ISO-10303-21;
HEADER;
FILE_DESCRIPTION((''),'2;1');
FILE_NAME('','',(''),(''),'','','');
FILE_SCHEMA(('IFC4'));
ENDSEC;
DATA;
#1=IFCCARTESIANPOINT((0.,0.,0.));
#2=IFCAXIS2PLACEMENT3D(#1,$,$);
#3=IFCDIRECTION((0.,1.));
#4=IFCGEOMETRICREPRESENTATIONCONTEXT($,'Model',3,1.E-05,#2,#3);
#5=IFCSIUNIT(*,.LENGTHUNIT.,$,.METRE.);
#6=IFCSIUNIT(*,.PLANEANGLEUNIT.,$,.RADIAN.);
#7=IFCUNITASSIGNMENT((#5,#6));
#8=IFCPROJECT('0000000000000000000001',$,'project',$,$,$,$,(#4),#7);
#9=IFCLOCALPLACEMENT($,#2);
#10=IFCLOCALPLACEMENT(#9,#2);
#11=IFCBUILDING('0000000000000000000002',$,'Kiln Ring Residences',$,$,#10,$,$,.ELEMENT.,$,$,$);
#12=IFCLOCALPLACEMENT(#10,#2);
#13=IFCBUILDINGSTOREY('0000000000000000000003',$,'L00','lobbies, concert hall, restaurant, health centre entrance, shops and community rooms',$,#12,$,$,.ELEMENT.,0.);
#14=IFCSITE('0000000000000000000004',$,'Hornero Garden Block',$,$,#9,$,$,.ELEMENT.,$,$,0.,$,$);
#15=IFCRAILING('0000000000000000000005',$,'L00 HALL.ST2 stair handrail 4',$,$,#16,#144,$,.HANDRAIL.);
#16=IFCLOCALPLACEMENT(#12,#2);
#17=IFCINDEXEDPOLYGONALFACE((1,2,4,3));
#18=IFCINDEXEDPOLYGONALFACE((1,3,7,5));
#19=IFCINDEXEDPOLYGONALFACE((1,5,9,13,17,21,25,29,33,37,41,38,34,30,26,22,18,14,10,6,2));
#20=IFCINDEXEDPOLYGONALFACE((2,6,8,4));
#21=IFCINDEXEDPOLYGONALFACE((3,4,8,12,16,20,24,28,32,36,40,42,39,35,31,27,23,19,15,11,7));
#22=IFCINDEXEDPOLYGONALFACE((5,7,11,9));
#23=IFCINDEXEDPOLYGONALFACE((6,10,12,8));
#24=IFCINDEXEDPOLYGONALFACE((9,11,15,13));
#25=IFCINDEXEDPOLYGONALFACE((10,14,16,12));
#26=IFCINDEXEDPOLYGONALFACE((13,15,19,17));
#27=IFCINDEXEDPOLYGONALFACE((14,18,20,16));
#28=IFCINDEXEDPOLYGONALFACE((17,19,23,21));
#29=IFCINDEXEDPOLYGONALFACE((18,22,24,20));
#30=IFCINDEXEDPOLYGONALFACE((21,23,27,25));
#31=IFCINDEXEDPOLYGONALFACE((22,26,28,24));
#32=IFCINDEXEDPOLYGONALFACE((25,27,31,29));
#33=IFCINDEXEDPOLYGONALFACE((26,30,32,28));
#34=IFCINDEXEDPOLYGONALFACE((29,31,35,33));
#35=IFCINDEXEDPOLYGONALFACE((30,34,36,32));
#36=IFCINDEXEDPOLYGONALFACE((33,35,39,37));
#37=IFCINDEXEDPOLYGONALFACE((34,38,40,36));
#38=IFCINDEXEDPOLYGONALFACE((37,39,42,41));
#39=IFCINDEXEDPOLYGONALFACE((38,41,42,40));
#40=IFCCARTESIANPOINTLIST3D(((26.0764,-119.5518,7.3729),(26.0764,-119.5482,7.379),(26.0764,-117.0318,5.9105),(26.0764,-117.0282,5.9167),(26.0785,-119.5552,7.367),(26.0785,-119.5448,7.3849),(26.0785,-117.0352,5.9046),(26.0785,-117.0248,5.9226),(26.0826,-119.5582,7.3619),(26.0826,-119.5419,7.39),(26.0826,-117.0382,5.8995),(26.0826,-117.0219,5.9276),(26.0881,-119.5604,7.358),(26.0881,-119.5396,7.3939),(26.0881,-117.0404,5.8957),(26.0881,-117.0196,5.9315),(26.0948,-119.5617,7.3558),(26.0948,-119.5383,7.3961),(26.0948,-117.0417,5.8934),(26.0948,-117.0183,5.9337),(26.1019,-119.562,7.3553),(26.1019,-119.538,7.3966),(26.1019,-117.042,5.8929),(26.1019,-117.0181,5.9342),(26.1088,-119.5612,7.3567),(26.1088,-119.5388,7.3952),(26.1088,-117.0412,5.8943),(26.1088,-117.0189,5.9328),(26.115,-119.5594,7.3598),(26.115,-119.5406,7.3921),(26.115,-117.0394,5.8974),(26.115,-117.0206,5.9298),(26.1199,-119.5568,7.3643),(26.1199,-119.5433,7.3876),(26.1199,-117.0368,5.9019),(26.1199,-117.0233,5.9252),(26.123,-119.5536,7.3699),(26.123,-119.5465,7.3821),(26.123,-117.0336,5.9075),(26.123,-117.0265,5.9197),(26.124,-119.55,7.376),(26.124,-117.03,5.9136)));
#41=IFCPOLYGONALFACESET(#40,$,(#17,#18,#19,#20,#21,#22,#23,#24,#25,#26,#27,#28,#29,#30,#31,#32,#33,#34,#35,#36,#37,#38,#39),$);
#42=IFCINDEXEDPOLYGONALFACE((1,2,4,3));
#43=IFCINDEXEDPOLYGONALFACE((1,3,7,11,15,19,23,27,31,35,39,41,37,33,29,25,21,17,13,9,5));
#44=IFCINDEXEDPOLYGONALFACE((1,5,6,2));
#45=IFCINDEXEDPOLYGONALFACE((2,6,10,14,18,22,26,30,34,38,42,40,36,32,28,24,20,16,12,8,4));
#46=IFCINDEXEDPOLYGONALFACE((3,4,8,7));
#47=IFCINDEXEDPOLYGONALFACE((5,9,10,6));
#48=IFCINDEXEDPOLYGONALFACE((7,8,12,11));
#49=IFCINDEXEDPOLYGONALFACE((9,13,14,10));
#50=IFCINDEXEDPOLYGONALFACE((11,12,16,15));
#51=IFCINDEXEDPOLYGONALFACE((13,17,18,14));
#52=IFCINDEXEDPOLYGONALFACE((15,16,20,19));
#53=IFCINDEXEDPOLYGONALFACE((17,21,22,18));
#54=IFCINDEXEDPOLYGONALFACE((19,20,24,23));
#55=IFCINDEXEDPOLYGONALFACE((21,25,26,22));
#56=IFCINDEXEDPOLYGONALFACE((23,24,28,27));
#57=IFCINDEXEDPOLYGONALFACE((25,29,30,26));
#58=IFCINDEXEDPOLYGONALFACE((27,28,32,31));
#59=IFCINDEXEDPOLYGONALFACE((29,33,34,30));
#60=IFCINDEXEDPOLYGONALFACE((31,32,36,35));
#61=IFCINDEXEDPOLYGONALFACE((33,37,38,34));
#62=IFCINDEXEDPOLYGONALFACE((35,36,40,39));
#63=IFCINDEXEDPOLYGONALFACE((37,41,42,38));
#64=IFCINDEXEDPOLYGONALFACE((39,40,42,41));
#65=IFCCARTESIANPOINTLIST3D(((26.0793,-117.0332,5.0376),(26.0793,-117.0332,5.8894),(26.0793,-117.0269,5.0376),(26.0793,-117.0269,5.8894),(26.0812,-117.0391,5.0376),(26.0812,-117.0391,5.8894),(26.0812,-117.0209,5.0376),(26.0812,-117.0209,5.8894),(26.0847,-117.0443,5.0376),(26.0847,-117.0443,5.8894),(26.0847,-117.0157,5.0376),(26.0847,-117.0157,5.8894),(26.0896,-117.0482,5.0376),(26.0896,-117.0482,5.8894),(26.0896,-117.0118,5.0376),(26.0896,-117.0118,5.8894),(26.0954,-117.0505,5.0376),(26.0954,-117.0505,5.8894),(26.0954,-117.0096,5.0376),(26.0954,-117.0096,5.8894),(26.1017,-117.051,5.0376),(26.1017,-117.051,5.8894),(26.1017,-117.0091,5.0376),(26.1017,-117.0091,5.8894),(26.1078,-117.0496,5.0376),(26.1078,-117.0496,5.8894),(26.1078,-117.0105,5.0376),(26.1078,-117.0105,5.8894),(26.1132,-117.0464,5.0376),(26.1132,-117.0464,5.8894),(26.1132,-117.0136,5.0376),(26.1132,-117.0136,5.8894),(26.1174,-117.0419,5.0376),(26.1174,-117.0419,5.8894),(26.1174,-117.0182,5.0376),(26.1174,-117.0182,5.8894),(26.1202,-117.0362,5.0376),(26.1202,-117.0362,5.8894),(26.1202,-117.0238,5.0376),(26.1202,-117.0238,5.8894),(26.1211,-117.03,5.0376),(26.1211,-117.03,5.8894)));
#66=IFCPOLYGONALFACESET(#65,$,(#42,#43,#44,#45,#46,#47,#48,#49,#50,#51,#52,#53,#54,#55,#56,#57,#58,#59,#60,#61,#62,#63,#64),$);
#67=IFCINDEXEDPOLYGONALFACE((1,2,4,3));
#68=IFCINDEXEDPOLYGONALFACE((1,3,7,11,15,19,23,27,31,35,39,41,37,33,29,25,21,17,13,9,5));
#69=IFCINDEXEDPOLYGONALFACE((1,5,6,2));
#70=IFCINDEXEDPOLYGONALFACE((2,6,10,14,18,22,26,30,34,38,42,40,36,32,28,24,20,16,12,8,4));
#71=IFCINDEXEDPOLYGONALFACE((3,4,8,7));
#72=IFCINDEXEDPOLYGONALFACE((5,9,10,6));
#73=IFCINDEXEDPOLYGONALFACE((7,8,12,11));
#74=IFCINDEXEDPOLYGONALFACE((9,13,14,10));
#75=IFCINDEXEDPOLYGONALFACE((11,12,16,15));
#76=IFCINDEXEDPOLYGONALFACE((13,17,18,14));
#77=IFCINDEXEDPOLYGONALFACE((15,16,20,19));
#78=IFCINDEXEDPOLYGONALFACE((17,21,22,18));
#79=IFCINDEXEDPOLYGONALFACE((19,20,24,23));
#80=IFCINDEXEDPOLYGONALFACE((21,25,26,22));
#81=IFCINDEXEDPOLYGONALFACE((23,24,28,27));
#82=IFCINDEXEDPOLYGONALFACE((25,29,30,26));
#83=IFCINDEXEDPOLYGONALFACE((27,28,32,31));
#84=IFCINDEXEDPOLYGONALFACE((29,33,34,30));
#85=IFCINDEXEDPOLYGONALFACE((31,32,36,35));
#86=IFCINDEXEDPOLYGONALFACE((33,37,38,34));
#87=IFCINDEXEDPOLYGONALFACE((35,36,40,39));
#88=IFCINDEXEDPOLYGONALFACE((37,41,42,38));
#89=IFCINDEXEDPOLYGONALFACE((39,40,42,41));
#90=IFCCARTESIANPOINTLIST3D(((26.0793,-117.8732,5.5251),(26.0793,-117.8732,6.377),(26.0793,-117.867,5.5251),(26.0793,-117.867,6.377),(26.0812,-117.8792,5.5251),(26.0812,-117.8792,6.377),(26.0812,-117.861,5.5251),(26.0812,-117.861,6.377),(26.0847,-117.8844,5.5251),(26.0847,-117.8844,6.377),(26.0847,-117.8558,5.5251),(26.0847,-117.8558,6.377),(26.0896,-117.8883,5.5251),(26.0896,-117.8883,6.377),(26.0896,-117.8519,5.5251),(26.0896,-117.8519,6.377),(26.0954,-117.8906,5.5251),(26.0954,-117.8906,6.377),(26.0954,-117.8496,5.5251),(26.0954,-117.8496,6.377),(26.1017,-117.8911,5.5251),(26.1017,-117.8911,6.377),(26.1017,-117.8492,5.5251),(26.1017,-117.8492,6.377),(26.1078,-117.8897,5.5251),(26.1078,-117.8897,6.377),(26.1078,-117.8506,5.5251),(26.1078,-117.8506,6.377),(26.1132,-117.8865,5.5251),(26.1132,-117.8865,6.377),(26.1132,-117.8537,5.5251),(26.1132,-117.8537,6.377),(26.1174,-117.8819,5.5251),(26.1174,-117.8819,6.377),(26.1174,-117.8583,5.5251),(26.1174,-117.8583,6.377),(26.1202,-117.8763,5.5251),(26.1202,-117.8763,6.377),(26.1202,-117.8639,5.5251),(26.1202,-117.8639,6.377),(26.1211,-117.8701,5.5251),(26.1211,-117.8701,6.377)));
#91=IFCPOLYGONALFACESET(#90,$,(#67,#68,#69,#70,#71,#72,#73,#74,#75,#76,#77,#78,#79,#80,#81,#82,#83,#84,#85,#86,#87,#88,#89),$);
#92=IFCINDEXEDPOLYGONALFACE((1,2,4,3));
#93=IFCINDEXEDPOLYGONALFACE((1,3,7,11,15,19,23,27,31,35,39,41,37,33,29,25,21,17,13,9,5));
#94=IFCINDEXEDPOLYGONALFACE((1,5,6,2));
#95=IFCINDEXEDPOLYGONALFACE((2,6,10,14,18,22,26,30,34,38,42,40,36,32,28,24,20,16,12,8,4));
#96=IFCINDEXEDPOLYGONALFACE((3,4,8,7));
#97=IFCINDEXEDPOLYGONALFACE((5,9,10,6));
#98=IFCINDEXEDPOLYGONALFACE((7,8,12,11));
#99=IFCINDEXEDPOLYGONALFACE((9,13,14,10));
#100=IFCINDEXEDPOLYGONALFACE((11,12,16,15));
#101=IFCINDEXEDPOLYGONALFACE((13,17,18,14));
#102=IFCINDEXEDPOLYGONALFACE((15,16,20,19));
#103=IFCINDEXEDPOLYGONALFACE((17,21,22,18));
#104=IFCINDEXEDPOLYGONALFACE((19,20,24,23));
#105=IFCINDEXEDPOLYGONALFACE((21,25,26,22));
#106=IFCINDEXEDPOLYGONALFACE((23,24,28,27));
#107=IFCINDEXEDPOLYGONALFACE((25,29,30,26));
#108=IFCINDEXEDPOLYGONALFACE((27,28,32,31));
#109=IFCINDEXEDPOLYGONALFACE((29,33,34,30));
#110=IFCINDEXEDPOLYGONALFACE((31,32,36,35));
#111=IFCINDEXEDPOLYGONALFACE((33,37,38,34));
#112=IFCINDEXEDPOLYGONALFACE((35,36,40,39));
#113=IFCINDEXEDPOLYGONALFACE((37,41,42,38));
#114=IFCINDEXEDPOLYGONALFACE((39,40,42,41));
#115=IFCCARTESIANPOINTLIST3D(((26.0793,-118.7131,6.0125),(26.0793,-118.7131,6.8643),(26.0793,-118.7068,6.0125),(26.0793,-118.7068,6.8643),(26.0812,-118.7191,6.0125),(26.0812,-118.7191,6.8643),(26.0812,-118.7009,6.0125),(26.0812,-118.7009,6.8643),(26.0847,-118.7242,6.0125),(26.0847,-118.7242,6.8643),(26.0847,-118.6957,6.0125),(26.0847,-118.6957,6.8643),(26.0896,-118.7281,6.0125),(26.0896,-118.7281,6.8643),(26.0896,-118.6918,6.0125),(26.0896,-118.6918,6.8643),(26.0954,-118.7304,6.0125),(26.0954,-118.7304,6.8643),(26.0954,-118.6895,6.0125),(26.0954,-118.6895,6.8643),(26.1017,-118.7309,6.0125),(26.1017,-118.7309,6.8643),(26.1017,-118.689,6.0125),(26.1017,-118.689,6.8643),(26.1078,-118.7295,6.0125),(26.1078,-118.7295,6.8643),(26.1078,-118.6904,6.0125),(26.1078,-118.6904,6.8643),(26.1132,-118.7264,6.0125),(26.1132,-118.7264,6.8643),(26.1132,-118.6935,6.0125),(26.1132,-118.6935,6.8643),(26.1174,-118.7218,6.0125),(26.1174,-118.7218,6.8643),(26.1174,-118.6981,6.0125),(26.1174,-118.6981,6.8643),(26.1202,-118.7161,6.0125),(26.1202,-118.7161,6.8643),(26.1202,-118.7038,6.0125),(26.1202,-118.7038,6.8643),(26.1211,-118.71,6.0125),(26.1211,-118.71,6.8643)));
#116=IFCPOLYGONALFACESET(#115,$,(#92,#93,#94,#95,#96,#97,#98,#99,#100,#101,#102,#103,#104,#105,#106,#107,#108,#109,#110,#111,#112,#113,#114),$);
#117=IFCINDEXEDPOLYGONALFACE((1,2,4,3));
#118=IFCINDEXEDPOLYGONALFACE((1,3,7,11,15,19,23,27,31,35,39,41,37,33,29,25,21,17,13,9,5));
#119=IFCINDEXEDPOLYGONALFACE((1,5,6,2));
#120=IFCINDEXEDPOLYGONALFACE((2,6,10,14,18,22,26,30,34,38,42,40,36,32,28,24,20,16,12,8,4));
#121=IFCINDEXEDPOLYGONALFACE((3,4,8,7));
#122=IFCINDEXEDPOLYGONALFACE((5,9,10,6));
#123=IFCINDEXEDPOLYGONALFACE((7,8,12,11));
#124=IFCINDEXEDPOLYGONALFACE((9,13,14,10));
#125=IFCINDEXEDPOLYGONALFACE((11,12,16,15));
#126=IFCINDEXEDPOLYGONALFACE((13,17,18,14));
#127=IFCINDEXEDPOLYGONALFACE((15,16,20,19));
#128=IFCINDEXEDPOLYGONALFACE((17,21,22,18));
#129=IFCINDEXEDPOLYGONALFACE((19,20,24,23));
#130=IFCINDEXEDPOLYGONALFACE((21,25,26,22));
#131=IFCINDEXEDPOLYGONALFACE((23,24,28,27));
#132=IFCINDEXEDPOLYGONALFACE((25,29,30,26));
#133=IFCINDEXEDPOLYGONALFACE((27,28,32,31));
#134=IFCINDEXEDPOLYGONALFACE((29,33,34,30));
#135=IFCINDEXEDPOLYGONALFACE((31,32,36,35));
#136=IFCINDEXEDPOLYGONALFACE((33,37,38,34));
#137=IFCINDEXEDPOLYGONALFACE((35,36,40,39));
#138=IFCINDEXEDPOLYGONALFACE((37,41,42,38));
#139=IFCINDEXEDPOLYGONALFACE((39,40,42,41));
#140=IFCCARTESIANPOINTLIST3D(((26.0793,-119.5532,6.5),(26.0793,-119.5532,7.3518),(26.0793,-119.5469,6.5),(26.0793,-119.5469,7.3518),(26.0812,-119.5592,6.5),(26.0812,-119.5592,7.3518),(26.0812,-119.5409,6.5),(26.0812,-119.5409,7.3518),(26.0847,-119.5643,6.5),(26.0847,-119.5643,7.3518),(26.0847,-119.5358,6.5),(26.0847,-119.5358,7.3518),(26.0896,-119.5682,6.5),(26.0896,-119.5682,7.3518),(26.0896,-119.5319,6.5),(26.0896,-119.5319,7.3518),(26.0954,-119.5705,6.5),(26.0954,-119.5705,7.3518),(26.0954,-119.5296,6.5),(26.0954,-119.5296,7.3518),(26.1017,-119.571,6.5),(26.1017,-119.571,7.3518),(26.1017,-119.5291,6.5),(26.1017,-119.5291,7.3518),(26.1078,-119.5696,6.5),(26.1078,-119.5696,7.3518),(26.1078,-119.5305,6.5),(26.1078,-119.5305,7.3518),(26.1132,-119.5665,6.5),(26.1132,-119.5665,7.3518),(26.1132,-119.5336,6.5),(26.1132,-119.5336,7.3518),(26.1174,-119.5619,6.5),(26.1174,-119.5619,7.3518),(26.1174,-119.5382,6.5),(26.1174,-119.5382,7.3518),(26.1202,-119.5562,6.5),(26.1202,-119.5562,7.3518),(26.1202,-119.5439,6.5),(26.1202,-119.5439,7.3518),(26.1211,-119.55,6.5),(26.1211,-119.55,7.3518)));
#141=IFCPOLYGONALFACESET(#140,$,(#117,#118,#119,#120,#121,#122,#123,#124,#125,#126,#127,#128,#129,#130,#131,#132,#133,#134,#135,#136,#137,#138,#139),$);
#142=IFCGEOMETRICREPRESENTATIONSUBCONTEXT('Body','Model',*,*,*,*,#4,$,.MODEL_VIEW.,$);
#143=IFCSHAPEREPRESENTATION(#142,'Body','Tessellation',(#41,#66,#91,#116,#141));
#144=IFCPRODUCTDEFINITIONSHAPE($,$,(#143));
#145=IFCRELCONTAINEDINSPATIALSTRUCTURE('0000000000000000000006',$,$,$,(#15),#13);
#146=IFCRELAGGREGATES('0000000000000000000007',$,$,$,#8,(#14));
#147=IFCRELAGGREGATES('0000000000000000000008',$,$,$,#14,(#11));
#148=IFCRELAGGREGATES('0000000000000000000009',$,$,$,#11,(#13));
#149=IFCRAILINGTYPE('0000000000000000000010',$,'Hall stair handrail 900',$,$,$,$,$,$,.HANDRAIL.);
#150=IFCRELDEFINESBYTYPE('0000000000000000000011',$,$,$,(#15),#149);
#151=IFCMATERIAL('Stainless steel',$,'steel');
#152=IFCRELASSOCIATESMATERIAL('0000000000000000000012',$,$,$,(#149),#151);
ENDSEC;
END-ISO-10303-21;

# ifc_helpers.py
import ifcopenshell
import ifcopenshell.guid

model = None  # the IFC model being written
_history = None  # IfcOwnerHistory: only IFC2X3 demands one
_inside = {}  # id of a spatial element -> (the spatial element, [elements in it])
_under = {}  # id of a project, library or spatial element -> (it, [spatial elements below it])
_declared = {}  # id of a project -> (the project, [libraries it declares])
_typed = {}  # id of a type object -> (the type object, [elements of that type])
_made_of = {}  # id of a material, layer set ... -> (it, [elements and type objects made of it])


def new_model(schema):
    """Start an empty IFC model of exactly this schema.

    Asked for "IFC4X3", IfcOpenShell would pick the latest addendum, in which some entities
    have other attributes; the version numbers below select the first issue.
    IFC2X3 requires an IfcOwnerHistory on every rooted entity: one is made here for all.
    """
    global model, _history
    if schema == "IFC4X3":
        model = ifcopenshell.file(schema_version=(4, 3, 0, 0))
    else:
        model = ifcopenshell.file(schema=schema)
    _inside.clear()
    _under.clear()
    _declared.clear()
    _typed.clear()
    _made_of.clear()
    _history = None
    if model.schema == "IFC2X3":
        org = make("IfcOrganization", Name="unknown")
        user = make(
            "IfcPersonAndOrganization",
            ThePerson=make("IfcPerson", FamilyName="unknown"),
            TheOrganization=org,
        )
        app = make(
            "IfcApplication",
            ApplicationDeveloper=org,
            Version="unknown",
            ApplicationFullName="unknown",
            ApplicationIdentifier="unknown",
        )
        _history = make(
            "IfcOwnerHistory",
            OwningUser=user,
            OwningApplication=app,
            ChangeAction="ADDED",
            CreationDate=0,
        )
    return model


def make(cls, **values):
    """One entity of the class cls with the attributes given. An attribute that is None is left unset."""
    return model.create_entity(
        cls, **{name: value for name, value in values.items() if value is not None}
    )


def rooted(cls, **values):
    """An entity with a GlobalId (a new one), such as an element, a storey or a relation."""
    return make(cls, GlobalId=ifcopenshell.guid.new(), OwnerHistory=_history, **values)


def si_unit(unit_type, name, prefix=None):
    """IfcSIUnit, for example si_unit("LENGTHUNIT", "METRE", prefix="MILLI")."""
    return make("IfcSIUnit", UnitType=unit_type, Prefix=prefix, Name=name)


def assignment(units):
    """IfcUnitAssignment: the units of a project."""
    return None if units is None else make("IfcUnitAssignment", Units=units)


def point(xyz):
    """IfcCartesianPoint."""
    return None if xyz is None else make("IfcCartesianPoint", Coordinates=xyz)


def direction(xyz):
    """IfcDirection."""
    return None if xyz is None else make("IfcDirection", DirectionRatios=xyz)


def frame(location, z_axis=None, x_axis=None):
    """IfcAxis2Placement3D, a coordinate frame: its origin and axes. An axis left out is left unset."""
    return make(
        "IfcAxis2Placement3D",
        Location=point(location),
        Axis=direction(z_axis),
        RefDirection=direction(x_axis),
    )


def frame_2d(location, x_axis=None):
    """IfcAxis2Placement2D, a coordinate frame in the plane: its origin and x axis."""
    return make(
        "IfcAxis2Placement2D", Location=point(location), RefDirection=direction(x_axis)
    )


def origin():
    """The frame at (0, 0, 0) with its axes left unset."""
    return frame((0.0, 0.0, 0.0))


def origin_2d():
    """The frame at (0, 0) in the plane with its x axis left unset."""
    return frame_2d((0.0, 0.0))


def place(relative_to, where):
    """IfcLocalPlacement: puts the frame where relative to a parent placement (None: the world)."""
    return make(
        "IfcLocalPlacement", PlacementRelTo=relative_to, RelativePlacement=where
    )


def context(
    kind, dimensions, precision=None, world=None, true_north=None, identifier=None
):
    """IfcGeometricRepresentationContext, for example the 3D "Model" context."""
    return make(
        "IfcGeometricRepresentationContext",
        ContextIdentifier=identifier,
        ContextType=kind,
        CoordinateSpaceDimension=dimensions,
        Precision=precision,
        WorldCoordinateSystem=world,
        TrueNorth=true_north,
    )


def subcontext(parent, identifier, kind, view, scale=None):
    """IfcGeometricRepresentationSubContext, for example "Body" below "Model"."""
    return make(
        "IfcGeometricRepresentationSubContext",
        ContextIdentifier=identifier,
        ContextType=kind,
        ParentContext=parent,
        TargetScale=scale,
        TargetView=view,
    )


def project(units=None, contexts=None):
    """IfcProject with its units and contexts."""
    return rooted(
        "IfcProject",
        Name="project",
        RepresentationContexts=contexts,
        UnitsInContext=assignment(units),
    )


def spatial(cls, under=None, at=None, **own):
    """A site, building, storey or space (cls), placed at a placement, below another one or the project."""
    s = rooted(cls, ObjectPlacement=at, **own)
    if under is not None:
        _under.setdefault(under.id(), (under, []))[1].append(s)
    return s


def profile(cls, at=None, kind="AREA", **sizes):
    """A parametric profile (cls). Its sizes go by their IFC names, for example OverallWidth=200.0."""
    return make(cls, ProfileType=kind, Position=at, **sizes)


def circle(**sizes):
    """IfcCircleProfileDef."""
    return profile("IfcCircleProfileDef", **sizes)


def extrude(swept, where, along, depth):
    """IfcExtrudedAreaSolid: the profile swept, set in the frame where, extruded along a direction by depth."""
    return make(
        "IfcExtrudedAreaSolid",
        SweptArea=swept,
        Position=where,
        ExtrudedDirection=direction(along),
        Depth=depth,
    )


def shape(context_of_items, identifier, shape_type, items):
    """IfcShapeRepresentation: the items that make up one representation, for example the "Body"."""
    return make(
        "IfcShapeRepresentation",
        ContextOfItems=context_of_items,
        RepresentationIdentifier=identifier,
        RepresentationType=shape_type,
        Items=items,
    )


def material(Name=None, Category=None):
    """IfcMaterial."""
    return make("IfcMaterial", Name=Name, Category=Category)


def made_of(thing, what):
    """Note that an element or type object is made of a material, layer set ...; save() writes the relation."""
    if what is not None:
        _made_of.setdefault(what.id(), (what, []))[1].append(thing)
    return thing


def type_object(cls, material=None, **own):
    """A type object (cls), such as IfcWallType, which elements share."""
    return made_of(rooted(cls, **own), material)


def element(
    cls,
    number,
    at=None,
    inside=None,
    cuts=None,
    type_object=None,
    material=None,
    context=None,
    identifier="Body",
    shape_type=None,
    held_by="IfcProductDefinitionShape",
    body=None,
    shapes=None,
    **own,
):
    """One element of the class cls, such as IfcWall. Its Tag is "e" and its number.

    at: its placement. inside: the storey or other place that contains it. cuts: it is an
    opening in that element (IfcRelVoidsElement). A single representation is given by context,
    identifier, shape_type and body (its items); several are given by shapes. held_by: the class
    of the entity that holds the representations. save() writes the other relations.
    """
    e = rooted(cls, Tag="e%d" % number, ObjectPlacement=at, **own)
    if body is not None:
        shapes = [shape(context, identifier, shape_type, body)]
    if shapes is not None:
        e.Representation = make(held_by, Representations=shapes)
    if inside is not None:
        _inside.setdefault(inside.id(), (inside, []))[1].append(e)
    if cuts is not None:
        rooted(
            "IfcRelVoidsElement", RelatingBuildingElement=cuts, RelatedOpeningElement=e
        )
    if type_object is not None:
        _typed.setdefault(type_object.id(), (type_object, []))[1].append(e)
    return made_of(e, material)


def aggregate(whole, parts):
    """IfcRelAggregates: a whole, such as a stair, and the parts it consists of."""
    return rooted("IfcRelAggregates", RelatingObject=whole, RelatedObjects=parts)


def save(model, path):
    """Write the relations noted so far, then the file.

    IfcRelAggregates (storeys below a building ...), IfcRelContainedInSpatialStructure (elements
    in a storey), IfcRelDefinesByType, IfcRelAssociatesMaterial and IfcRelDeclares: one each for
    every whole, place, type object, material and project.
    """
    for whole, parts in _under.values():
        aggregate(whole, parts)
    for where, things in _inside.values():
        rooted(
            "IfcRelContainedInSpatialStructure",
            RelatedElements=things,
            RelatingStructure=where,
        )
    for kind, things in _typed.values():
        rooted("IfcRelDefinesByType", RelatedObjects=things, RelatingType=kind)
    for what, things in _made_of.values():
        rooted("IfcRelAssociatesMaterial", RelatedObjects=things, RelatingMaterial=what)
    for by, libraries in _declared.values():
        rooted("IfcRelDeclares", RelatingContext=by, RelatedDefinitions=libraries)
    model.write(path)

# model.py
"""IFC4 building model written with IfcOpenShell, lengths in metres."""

from ifc_helpers import new_model, si_unit, direction, frame, origin, origin_2d, place, context, subcontext, project, spatial, circle, extrude, material, type_object, element, save


model = new_model("IFC4")

# Units and contexts
model_context = context("Model", 3, precision=1e-05, world=origin(), true_north=direction((0.0, 1.0)))
body_context = subcontext(model_context, "Body", "Model", "MODEL_VIEW")
ifc_project = project(units=[si_unit("LENGTHUNIT", "METRE"), si_unit("PLANEANGLEUNIT", "RADIAN")], contexts=[model_context])

# Site, building, storey
site_placement = place(None, origin())
site = spatial("IfcSite", under=ifc_project, at=site_placement, Name="Hornero Garden Block", CompositionType="ELEMENT", RefElevation=0.0)
building_placement = place(site_placement, origin())
building = spatial("IfcBuilding", under=site, at=building_placement, Name="Kiln Ring Residences", CompositionType="ELEMENT")
storey_placement = place(building_placement, origin())
storey = spatial("IfcBuildingStorey", under=building, at=storey_placement, Name="L00", Description="lobbies, concert hall, restaurant, health centre entrance, shops and community rooms", CompositionType="ELEMENT", Elevation=0.0)

# Railing
ifc_material_1 = material(Name="Stainless steel", Category="steel")
railing_type_1 = type_object("IfcRailingType", Name="Hall stair handrail 900", PredefinedType="HANDRAIL", material=ifc_material_1)
for number, where, name in (
    (1, (26.1001, -117.03, 5.0376), "L00 HALL.ST2 stair handrail 4"),
):
    element("IfcRailing", number, at=place(storey_placement, frame(where)), inside=storey, type_object=railing_type_1, Name=name, PredefinedType="HANDRAIL", context=body_context, shape_type="SweptSolid", body=[
        extrude(circle(Radius=0.0239, at=origin_2d()), frame((0.0, 0.0, 0.876), z_axis=(0.0, -0.864913, 0.501921), x_axis=(1.0, 0.0, 0.0)), (0.0, 0.0, 1.0), 2.9136),
        extrude(circle(Radius=0.021, at=origin_2d()), origin(), (0.0, 0.0, 1.0), 0.8518),
        extrude(circle(Radius=0.021, at=origin_2d()), frame((0.0, -0.8401, 0.4875)), (0.0, 0.0, 1.0), 0.8518),
        extrude(circle(Radius=0.021, at=origin_2d()), frame((0.0, -1.6799, 0.9749)), (0.0, 0.0, 1.0), 0.8518),
        extrude(circle(Radius=0.021, at=origin_2d()), frame((0.0, -2.52, 1.4624)), (0.0, 0.0, 1.0), 0.8518),
    ])

save(model, "model.ifc")
